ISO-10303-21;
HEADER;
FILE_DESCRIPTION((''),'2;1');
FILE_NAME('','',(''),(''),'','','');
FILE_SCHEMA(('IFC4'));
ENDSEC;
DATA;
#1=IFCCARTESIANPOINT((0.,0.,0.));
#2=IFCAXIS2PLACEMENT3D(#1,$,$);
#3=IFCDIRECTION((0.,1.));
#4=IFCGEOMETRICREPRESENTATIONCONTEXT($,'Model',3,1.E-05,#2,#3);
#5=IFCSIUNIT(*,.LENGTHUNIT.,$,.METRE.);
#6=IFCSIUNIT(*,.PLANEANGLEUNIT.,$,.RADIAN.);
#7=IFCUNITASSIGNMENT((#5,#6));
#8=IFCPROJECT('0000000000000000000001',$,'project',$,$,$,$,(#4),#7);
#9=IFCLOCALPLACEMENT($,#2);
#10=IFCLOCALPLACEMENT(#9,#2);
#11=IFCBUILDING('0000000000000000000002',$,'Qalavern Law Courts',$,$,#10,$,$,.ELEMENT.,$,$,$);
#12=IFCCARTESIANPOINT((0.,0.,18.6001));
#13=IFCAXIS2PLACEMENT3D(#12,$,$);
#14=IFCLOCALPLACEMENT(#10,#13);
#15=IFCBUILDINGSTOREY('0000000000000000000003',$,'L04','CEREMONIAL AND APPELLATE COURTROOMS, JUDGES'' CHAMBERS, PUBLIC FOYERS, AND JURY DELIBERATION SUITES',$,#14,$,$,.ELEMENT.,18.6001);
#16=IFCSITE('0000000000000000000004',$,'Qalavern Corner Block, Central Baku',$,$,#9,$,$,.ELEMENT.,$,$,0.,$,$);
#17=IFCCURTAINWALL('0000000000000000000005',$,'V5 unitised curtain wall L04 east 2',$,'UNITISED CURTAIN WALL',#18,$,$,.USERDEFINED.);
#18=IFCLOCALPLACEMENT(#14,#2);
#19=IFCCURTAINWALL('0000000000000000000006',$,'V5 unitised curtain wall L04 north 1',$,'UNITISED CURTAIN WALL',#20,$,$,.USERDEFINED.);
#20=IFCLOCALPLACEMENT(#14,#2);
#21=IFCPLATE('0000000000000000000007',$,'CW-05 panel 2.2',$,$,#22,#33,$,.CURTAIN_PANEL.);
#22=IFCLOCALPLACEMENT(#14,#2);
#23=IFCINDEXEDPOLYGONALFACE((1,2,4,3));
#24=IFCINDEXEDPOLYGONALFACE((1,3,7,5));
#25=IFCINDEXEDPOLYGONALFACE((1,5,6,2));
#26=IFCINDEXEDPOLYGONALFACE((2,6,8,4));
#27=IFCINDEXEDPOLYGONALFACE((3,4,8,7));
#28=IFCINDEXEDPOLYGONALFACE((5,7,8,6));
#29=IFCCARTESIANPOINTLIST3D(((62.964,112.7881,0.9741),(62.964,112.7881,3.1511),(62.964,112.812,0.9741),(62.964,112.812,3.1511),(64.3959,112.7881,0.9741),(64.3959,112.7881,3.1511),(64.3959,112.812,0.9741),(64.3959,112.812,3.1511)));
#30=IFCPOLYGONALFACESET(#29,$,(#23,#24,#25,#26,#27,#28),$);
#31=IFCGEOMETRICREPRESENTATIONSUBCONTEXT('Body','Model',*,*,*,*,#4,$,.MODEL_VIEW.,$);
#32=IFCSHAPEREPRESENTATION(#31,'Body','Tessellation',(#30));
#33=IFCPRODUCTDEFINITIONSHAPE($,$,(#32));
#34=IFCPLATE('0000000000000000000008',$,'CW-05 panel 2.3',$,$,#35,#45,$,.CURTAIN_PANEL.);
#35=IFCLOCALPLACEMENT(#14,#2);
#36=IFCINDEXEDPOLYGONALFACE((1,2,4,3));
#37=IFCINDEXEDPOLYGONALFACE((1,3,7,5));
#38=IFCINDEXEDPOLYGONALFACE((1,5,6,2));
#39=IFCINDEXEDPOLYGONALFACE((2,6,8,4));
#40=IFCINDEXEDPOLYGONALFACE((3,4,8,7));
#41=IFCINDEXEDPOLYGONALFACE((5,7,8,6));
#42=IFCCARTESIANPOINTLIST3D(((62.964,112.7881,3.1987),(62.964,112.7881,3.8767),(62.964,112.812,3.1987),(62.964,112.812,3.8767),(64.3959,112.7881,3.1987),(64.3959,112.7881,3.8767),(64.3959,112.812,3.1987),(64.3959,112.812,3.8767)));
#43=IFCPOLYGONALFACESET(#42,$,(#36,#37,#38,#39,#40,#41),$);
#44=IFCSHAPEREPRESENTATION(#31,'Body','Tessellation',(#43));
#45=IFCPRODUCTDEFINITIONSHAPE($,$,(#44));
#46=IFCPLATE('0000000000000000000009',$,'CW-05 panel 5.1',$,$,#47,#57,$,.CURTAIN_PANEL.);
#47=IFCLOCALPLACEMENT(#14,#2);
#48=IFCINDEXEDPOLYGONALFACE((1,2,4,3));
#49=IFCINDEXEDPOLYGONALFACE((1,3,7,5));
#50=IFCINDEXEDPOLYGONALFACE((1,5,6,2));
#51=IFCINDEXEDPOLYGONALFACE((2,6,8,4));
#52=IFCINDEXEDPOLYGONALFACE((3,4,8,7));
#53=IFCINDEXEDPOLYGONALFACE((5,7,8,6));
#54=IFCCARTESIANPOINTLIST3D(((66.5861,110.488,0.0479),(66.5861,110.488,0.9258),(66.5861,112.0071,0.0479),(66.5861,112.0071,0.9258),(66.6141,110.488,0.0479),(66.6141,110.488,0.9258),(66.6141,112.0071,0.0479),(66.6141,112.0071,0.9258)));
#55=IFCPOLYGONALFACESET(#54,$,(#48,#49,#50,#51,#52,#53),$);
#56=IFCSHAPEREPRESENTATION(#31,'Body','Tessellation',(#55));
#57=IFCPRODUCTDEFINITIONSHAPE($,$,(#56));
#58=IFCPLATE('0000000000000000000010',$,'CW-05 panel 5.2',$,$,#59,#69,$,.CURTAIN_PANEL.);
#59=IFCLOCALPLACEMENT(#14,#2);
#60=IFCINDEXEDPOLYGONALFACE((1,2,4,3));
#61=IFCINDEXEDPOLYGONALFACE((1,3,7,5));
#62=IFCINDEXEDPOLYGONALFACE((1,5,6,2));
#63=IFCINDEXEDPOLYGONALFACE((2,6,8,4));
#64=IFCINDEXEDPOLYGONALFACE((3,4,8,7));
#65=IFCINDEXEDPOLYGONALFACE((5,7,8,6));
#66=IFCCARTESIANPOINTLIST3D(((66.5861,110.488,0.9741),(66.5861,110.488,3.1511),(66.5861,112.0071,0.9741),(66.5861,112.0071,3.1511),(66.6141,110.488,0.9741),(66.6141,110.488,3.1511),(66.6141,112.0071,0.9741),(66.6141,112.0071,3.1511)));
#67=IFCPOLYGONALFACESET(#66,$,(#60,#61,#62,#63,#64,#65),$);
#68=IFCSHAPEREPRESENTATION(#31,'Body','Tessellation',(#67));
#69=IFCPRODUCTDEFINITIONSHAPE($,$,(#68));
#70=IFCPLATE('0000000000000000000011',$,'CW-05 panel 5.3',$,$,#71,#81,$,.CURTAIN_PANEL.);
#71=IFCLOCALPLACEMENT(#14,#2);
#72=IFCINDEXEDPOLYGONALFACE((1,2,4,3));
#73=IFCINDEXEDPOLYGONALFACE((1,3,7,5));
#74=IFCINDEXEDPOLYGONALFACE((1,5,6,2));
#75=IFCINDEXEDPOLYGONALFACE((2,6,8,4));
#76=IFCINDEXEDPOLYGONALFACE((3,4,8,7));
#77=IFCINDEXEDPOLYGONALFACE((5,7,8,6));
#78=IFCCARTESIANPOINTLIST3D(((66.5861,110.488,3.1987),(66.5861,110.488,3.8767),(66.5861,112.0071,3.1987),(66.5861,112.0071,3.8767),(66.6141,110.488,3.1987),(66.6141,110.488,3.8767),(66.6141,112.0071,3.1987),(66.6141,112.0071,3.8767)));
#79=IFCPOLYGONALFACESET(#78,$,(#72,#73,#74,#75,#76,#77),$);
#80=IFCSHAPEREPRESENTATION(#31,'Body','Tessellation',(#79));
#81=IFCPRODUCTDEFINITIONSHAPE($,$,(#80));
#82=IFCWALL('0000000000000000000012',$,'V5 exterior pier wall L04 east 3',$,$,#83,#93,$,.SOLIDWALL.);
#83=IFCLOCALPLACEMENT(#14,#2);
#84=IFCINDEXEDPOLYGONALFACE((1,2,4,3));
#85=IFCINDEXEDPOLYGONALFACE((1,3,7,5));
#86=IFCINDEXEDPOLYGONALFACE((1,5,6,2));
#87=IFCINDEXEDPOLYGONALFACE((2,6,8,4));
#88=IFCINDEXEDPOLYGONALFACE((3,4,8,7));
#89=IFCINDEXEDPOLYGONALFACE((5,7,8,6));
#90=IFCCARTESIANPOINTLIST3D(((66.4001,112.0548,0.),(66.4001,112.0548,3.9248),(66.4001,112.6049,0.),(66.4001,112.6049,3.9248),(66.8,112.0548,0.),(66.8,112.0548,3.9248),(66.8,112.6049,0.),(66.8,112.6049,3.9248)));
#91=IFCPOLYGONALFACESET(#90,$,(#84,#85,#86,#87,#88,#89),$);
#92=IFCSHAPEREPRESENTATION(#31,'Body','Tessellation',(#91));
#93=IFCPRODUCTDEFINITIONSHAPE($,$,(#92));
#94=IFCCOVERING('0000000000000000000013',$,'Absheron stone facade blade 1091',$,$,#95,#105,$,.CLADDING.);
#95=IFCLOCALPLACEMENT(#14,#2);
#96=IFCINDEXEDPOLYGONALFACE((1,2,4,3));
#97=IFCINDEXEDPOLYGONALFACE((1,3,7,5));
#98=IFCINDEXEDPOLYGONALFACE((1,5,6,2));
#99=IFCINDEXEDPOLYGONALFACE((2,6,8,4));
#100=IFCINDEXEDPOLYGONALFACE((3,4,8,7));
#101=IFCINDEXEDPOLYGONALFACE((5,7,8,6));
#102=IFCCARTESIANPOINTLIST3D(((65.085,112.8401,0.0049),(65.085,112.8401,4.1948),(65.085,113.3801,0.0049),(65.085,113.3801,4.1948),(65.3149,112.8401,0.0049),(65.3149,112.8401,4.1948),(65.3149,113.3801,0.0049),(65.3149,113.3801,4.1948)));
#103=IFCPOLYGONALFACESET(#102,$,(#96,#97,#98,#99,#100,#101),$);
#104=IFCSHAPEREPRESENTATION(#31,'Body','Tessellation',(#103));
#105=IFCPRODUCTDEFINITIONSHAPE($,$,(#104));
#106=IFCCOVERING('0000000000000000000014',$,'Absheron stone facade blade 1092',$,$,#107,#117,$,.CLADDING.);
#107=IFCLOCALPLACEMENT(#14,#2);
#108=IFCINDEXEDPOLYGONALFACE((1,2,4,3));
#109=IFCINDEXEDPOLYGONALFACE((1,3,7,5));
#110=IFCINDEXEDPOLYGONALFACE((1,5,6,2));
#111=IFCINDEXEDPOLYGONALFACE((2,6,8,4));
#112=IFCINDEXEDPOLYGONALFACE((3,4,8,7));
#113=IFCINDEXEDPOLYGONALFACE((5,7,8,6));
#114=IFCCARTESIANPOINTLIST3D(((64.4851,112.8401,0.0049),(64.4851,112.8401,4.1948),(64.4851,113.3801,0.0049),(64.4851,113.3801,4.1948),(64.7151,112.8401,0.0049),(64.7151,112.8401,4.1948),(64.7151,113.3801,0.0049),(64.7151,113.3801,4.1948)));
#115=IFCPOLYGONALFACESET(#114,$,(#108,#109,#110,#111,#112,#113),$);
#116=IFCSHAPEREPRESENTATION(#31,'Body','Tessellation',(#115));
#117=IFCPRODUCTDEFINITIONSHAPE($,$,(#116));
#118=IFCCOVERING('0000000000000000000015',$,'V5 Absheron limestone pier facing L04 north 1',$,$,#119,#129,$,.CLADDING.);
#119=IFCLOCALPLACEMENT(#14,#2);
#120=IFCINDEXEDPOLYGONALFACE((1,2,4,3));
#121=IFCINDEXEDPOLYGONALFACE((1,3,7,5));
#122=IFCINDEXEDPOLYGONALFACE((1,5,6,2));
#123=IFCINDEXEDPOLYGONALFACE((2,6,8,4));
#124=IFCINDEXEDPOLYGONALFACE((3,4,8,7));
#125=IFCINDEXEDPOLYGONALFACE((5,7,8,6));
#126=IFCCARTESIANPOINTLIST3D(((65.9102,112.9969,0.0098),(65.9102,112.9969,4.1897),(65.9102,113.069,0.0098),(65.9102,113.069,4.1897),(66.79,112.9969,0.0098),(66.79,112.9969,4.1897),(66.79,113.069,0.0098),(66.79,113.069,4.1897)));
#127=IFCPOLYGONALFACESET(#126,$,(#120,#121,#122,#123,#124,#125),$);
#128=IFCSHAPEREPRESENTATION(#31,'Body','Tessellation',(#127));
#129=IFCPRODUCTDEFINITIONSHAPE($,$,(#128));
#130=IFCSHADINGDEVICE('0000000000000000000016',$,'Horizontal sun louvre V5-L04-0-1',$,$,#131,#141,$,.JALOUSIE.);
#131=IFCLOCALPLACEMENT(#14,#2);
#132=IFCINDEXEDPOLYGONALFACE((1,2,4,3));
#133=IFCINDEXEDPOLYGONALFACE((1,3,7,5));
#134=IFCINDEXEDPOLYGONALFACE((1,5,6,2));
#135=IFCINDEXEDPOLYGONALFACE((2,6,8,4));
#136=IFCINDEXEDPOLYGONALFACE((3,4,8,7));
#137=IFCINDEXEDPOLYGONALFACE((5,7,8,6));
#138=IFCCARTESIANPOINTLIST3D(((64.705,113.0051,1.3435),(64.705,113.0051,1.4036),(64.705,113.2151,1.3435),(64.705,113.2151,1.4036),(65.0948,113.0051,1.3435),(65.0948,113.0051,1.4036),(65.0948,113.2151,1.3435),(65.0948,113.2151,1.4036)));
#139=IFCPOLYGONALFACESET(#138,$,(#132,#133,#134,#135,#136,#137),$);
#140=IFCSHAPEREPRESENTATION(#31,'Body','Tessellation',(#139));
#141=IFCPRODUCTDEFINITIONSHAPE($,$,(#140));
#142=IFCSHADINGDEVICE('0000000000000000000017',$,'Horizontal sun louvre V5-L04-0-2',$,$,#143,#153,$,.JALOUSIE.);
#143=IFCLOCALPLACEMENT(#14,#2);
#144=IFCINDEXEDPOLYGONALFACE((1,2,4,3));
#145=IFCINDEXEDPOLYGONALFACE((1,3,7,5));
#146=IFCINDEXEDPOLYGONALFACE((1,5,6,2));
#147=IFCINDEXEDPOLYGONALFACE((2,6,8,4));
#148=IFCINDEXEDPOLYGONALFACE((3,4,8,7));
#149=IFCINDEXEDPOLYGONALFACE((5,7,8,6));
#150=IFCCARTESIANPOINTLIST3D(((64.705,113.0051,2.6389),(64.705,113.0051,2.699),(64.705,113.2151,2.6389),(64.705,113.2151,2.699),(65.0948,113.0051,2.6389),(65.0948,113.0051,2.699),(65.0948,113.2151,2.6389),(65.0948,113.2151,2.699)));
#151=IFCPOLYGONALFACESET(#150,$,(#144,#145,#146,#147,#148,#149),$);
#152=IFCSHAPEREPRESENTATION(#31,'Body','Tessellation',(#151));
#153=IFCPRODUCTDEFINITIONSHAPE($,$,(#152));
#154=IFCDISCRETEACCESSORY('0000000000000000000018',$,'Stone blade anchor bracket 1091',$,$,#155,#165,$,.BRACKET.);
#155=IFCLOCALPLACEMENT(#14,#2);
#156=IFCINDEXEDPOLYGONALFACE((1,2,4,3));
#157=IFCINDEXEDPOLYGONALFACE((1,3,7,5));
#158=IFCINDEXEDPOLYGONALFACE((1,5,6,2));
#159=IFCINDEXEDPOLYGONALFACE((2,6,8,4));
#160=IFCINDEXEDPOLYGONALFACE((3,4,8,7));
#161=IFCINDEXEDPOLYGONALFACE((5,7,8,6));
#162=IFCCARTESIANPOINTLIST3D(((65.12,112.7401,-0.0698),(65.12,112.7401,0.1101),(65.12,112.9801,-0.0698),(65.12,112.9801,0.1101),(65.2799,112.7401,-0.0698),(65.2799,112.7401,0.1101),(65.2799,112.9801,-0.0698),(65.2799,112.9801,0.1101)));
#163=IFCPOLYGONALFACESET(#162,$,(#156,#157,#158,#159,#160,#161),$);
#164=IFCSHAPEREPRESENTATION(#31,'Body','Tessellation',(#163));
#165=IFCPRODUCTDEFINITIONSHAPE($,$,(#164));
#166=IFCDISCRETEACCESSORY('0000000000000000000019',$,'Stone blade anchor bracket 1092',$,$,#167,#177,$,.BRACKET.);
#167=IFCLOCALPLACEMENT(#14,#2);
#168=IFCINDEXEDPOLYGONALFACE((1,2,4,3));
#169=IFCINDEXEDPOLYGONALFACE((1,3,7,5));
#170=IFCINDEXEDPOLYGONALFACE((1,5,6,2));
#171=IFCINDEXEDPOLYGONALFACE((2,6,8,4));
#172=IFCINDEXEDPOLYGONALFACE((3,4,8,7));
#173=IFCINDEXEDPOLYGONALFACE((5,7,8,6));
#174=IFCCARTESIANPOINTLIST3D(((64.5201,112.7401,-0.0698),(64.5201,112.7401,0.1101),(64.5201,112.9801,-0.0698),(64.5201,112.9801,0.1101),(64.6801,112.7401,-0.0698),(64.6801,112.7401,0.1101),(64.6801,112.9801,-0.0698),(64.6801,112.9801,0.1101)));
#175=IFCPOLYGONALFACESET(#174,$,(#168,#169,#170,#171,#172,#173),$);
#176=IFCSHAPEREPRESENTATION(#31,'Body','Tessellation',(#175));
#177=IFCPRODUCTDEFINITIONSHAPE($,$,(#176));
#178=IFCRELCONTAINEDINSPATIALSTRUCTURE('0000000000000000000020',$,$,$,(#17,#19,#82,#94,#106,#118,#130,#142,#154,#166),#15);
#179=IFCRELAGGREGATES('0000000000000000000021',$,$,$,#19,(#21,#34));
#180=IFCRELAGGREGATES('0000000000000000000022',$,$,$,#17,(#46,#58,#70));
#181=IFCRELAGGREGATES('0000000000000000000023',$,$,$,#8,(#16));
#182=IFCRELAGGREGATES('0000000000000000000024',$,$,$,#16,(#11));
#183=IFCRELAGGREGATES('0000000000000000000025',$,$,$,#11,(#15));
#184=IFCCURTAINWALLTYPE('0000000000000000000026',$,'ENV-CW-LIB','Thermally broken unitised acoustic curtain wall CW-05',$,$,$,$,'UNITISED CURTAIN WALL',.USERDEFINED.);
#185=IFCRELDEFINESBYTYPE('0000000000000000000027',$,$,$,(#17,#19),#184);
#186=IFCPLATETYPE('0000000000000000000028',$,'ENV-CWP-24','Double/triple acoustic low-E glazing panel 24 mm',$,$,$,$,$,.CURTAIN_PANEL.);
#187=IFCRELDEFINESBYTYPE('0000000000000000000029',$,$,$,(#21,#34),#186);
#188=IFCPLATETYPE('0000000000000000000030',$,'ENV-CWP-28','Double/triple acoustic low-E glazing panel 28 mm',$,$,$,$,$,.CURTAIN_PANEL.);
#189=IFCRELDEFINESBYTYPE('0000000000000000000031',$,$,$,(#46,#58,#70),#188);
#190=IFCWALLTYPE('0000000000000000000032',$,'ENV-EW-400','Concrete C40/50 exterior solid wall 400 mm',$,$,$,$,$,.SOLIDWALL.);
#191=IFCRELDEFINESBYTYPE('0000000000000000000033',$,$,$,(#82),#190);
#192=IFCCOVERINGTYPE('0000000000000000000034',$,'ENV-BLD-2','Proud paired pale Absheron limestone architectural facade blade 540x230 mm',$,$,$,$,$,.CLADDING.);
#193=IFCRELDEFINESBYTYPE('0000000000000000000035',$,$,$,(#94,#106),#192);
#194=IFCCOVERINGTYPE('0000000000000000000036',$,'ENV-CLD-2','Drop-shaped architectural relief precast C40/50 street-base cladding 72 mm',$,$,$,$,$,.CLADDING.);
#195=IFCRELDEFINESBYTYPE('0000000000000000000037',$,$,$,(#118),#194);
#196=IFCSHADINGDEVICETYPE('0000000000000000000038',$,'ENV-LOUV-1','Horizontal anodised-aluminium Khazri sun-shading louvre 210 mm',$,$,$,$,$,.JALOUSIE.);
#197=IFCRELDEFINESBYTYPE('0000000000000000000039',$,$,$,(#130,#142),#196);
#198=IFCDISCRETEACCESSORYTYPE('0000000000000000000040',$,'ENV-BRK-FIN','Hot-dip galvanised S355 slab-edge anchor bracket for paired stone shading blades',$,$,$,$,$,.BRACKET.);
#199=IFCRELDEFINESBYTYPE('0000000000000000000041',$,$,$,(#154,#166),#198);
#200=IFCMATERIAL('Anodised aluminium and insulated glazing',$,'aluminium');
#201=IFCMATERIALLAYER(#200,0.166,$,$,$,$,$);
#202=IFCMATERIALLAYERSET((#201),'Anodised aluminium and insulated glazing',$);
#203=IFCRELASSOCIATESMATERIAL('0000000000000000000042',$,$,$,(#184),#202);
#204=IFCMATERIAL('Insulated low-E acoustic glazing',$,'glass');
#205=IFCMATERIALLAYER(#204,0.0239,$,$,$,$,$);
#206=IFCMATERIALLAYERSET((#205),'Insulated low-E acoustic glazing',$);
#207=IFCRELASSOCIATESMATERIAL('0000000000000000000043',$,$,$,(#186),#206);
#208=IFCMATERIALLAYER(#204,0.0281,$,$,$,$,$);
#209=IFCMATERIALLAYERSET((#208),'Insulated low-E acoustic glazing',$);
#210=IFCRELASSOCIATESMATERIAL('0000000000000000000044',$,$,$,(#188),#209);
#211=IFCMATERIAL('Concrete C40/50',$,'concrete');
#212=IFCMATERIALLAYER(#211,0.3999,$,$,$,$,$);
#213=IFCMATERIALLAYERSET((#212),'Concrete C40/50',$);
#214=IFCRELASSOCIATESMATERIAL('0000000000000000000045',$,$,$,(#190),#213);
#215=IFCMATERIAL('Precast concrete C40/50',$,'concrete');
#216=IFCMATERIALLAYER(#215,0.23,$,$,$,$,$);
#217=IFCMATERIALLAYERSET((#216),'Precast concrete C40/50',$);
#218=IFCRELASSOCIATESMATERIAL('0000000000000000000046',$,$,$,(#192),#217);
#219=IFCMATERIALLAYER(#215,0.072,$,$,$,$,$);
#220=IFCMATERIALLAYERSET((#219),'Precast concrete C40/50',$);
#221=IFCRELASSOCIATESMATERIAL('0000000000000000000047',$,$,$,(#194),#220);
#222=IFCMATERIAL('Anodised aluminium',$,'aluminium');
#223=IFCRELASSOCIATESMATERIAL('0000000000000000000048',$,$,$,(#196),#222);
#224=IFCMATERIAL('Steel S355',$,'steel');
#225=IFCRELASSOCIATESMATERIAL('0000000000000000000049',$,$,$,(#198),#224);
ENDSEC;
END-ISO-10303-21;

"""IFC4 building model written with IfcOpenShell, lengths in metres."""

from ifc_helpers import new_model, si_unit, direction, frame, frame_2d, origin, origin_2d, place, context, subcontext, project, spatial, rectangle, extrude, material, layer, layer_set, type_object, element, aggregate, save


model = new_model("IFC4")

# Units and contexts
model_context = context("Model", 3, precision=1e-05, world=origin(), true_north=direction((0.0, 1.0)))
body_context = subcontext(model_context, "Body", "Model", "MODEL_VIEW")
ifc_project = project(units=[si_unit("LENGTHUNIT", "METRE"), si_unit("PLANEANGLEUNIT", "RADIAN")], contexts=[model_context])

# Site, building, storey
site_placement = place(None, origin())
site = spatial("IfcSite", under=ifc_project, at=site_placement, Name="Qalavern Corner Block, Central Baku", CompositionType="ELEMENT", RefElevation=0.0)
building_placement = place(site_placement, origin())
building = spatial("IfcBuilding", under=site, at=building_placement, Name="Qalavern Law Courts", CompositionType="ELEMENT")
storey_placement = place(building_placement, frame((0.0, 0.0, 18.6001)))
storey = spatial("IfcBuildingStorey", under=building, at=storey_placement, Name="L04", Description="CEREMONIAL AND APPELLATE COURTROOMS, JUDGES' CHAMBERS, PUBLIC FOYERS, AND JURY DELIBERATION SUITES", CompositionType="ELEMENT", Elevation=18.6001)

# Curtain wall
ifc_material_1 = material(Name="Anodised aluminium and insulated glazing", Category="aluminium")
ifc_layer_1 = layer(ifc_material_1, 0.166)
ifc_layer_set_1 = layer_set([ifc_layer_1], Name="Anodised aluminium and insulated glazing")
curtain_wall_type = type_object("IfcCurtainWallType", Name="ENV-CW-LIB", Description="Thermally broken unitised acoustic curtain wall CW-05", ElementType="UNITISED CURTAIN WALL", PredefinedType="USERDEFINED", material=ifc_layer_set_1)
curtain_wall_1_placement = place(storey_placement, origin())
curtain_wall_1 = element("IfcCurtainWall", 1, at=curtain_wall_1_placement, inside=storey, type_object=curtain_wall_type, Name="V5 unitised curtain wall L04 east 2", ObjectType="UNITISED CURTAIN WALL", PredefinedType="USERDEFINED")
ifc_material_2 = material(Name="Anodised aluminium", Category="aluminium")

# Curtain wall
curtain_wall_2_placement = place(storey_placement, origin())
curtain_wall_2 = element("IfcCurtainWall", 2, at=curtain_wall_2_placement, inside=storey, type_object=curtain_wall_type, Name="V5 unitised curtain wall L04 north 1", ObjectType="UNITISED CURTAIN WALL", PredefinedType="USERDEFINED")

# Plates
ifc_material_3 = material(Name="Insulated low-E acoustic glazing", Category="glass")
ifc_layer_2 = layer(ifc_material_3, 0.0239)
ifc_layer_set_2 = layer_set([ifc_layer_2], Name="Insulated low-E acoustic glazing")
plate_type_1 = type_object("IfcPlateType", Name="ENV-CWP-24", Description="Double/triple acoustic low-E glazing panel 24 mm", PredefinedType="CURTAIN_PANEL", material=ifc_layer_set_2)
plate_1_placement = place(storey_placement, frame((63.6799, 112.8, 0.9741), z_axis=(0.0, 0.0, 1.0), x_axis=(-1.0, 0.0, 0.0)))
plate_1 = element("IfcPlate", 3, at=plate_1_placement, type_object=plate_type_1, Name="CW-05 panel 2.2", PredefinedType="CURTAIN_PANEL", context=body_context, shape_type="SweptSolid", body=[
    extrude(rectangle(XDim=1.4319, YDim=0.0239, at=origin_2d()), origin(), (0.0, 0.0, 1.0), 2.177),
])
plate_2_placement = place(storey_placement, frame((63.6799, 112.8, 3.1987), z_axis=(0.0, 0.0, 1.0), x_axis=(-1.0, 0.0, 0.0)))
plate_2 = element("IfcPlate", 4, at=plate_2_placement, type_object=plate_type_1, Name="CW-05 panel 2.3", PredefinedType="CURTAIN_PANEL", context=body_context, shape_type="SweptSolid", body=[
    extrude(rectangle(XDim=1.4319, YDim=0.0239, at=origin_2d()), origin(), (0.0, 0.0, 1.0), 0.678),
])
aggregate(curtain_wall_2, [plate_1, plate_2])
ifc_layer_3 = layer(ifc_material_3, 0.0281)
ifc_layer_set_3 = layer_set([ifc_layer_3], Name="Insulated low-E acoustic glazing")
plate_type_2 = type_object("IfcPlateType", Name="ENV-CWP-28", Description="Double/triple acoustic low-E glazing panel 28 mm", PredefinedType="CURTAIN_PANEL", material=ifc_layer_set_3)
plate_3_placement = place(storey_placement, frame((66.6001, 111.2476, 0.0479), z_axis=(0.0, 0.0, 1.0), x_axis=(0.0, 1.0, 0.0)))
plate_3 = element("IfcPlate", 5, at=plate_3_placement, type_object=plate_type_2, Name="CW-05 panel 5.1", PredefinedType="CURTAIN_PANEL", context=body_context, shape_type="SweptSolid", body=[
    extrude(rectangle(XDim=1.519, YDim=0.0281, at=origin_2d()), origin(), (0.0, 0.0, 1.0), 0.8779),
])
plate_4_placement = place(storey_placement, frame((66.6001, 111.2476, 0.9741), z_axis=(0.0, 0.0, 1.0), x_axis=(0.0, 1.0, 0.0)))
plate_4 = element("IfcPlate", 6, at=plate_4_placement, type_object=plate_type_2, Name="CW-05 panel 5.2", PredefinedType="CURTAIN_PANEL", context=body_context, shape_type="SweptSolid", body=[
    extrude(rectangle(XDim=1.519, YDim=0.0281, at=origin_2d()), origin(), (0.0, 0.0, 1.0), 2.177),
])
plate_5_placement = place(storey_placement, frame((66.6001, 111.2476, 3.1987), z_axis=(0.0, 0.0, 1.0), x_axis=(0.0, 1.0, 0.0)))
plate_5 = element("IfcPlate", 7, at=plate_5_placement, type_object=plate_type_2, Name="CW-05 panel 5.3", PredefinedType="CURTAIN_PANEL", context=body_context, shape_type="SweptSolid", body=[
    extrude(rectangle(XDim=1.519, YDim=0.0281, at=origin_2d()), origin(), (0.0, 0.0, 1.0), 0.678),
])
aggregate(curtain_wall_1, [plate_3, plate_4, plate_5])

# Wall
ifc_material_4 = material(Name="Concrete C40/50", Category="concrete")
ifc_layer_4 = layer(ifc_material_4, 0.3999)
ifc_layer_set_4 = layer_set([ifc_layer_4], Name="Concrete C40/50")
wall_type = type_object("IfcWallType", Name="ENV-EW-400", Description="Concrete C40/50 exterior solid wall 400 mm", PredefinedType="SOLIDWALL", material=ifc_layer_set_4)
wall_placement = place(storey_placement, frame((66.6001, 112.0549, 0.0), z_axis=(0.0, 0.0, 1.0), x_axis=(0.0, 1.0, 0.0)))
element("IfcWall", 8, at=wall_placement, inside=storey, type_object=wall_type, Name="V5 exterior pier wall L04 east 3", PredefinedType="SOLIDWALL", context=body_context, shape_type="SweptSolid", body=[
    extrude(rectangle(XDim=0.55, YDim=0.3999, at=frame_2d((0.2749, 0.0))), origin(), (0.0, 0.0, 1.0), 3.9248),
])

# Coverings
ifc_material_5 = material(Name="Precast concrete C40/50", Category="concrete")
ifc_layer_5 = layer(ifc_material_5, 0.23)
ifc_layer_set_5 = layer_set([ifc_layer_5], Name="Precast concrete C40/50")
covering_type_1 = type_object("IfcCoveringType", Name="ENV-BLD-2", Description="Proud paired pale Absheron limestone architectural facade blade 540x230 mm", PredefinedType="CLADDING", material=ifc_layer_set_5)
for number, where, z_axis, x_axis, name in (
    (9, (65.2, 113.1101, 0.0049), (0.0, 0.0, 1.0), (0.0, 1.0, 0.0), "Absheron stone facade blade 1091"),
    (10, (64.6001, 113.1101, 0.0049), (0.0, 0.0, 1.0), (0.0, 1.0, 0.0), "Absheron stone facade blade 1092"),
):
    element("IfcCovering", number, at=place(storey_placement, frame(where, z_axis=z_axis, x_axis=x_axis)), inside=storey, type_object=covering_type_1, Name=name, PredefinedType="CLADDING", context=body_context, shape_type="SweptSolid", body=[
        extrude(rectangle(XDim=0.54, YDim=0.23, at=origin_2d()), origin(), (0.0, 0.0, 1.0), 4.1899),
    ])
ifc_layer_6 = layer(ifc_material_5, 0.072)
ifc_layer_set_6 = layer_set([ifc_layer_6], Name="Precast concrete C40/50")
covering_type_2 = type_object("IfcCoveringType", Name="ENV-CLD-2", Description="Drop-shaped architectural relief precast C40/50 street-base cladding 72 mm", PredefinedType="CLADDING", material=ifc_layer_set_6)
covering_placement = place(storey_placement, frame((66.3501, 113.033, 0.0098), z_axis=(0.0, 0.0, 1.0), x_axis=(-1.0, 0.0, 0.0)))
element("IfcCovering", 11, at=covering_placement, inside=storey, type_object=covering_type_2, Name="V5 Absheron limestone pier facing L04 north 1", PredefinedType="CLADDING", context=body_context, shape_type="SweptSolid", body=[
    extrude(rectangle(XDim=0.8799, YDim=0.072, at=origin_2d()), origin(), (0.0, 0.0, 1.0), 4.1799),
])

# Shading devices
shading_device_type = type_object("IfcShadingDeviceType", Name="ENV-LOUV-1", Description="Horizontal anodised-aluminium Khazri sun-shading louvre 210 mm", PredefinedType="JALOUSIE", material=ifc_material_2)
for number, where, z_axis, x_axis, name in (
    (12, (64.8999, 113.1101, 1.3435), (0.0, 0.0, 1.0), (-1.0, 0.0, 0.0), "Horizontal sun louvre V5-L04-0-1"),
    (13, (64.8999, 113.1101, 2.6389), (0.0, 0.0, 1.0), (-1.0, 0.0, 0.0), "Horizontal sun louvre V5-L04-0-2"),
):
    element("IfcShadingDevice", number, at=place(storey_placement, frame(where, z_axis=z_axis, x_axis=x_axis)), inside=storey, type_object=shading_device_type, Name=name, PredefinedType="JALOUSIE", context=body_context, shape_type="SweptSolid", body=[
        extrude(rectangle(XDim=0.3899, YDim=0.21, at=origin_2d()), origin(), (0.0, 0.0, 1.0), 0.0601),
    ])

# Discrete accessories
ifc_material_6 = material(Name="Steel S355", Category="steel")
discrete_accessory_type = type_object("IfcDiscreteAccessoryType", Name="ENV-BRK-FIN", Description="Hot-dip galvanised S355 slab-edge anchor bracket for paired stone shading blades", PredefinedType="BRACKET", material=ifc_material_6)
for number, where, z_axis, x_axis, name in (
    (14, (65.2, 112.8601, -0.0698), (0.0, 0.0, 1.0), (0.0, 1.0, 0.0), "Stone blade anchor bracket 1091"),
    (15, (64.6001, 112.8601, -0.0698), (0.0, 0.0, 1.0), (0.0, 1.0, 0.0), "Stone blade anchor bracket 1092"),
):
    element("IfcDiscreteAccessory", number, at=place(storey_placement, frame(where, z_axis=z_axis, x_axis=x_axis)), inside=storey, type_object=discrete_accessory_type, Name=name, PredefinedType="BRACKET", context=body_context, shape_type="SweptSolid", body=[
        extrude(rectangle(XDim=0.24, YDim=0.1599, at=origin_2d()), origin(), (0.0, 0.0, 1.0), 0.1799),
    ])

save(model, "model.ifc")
